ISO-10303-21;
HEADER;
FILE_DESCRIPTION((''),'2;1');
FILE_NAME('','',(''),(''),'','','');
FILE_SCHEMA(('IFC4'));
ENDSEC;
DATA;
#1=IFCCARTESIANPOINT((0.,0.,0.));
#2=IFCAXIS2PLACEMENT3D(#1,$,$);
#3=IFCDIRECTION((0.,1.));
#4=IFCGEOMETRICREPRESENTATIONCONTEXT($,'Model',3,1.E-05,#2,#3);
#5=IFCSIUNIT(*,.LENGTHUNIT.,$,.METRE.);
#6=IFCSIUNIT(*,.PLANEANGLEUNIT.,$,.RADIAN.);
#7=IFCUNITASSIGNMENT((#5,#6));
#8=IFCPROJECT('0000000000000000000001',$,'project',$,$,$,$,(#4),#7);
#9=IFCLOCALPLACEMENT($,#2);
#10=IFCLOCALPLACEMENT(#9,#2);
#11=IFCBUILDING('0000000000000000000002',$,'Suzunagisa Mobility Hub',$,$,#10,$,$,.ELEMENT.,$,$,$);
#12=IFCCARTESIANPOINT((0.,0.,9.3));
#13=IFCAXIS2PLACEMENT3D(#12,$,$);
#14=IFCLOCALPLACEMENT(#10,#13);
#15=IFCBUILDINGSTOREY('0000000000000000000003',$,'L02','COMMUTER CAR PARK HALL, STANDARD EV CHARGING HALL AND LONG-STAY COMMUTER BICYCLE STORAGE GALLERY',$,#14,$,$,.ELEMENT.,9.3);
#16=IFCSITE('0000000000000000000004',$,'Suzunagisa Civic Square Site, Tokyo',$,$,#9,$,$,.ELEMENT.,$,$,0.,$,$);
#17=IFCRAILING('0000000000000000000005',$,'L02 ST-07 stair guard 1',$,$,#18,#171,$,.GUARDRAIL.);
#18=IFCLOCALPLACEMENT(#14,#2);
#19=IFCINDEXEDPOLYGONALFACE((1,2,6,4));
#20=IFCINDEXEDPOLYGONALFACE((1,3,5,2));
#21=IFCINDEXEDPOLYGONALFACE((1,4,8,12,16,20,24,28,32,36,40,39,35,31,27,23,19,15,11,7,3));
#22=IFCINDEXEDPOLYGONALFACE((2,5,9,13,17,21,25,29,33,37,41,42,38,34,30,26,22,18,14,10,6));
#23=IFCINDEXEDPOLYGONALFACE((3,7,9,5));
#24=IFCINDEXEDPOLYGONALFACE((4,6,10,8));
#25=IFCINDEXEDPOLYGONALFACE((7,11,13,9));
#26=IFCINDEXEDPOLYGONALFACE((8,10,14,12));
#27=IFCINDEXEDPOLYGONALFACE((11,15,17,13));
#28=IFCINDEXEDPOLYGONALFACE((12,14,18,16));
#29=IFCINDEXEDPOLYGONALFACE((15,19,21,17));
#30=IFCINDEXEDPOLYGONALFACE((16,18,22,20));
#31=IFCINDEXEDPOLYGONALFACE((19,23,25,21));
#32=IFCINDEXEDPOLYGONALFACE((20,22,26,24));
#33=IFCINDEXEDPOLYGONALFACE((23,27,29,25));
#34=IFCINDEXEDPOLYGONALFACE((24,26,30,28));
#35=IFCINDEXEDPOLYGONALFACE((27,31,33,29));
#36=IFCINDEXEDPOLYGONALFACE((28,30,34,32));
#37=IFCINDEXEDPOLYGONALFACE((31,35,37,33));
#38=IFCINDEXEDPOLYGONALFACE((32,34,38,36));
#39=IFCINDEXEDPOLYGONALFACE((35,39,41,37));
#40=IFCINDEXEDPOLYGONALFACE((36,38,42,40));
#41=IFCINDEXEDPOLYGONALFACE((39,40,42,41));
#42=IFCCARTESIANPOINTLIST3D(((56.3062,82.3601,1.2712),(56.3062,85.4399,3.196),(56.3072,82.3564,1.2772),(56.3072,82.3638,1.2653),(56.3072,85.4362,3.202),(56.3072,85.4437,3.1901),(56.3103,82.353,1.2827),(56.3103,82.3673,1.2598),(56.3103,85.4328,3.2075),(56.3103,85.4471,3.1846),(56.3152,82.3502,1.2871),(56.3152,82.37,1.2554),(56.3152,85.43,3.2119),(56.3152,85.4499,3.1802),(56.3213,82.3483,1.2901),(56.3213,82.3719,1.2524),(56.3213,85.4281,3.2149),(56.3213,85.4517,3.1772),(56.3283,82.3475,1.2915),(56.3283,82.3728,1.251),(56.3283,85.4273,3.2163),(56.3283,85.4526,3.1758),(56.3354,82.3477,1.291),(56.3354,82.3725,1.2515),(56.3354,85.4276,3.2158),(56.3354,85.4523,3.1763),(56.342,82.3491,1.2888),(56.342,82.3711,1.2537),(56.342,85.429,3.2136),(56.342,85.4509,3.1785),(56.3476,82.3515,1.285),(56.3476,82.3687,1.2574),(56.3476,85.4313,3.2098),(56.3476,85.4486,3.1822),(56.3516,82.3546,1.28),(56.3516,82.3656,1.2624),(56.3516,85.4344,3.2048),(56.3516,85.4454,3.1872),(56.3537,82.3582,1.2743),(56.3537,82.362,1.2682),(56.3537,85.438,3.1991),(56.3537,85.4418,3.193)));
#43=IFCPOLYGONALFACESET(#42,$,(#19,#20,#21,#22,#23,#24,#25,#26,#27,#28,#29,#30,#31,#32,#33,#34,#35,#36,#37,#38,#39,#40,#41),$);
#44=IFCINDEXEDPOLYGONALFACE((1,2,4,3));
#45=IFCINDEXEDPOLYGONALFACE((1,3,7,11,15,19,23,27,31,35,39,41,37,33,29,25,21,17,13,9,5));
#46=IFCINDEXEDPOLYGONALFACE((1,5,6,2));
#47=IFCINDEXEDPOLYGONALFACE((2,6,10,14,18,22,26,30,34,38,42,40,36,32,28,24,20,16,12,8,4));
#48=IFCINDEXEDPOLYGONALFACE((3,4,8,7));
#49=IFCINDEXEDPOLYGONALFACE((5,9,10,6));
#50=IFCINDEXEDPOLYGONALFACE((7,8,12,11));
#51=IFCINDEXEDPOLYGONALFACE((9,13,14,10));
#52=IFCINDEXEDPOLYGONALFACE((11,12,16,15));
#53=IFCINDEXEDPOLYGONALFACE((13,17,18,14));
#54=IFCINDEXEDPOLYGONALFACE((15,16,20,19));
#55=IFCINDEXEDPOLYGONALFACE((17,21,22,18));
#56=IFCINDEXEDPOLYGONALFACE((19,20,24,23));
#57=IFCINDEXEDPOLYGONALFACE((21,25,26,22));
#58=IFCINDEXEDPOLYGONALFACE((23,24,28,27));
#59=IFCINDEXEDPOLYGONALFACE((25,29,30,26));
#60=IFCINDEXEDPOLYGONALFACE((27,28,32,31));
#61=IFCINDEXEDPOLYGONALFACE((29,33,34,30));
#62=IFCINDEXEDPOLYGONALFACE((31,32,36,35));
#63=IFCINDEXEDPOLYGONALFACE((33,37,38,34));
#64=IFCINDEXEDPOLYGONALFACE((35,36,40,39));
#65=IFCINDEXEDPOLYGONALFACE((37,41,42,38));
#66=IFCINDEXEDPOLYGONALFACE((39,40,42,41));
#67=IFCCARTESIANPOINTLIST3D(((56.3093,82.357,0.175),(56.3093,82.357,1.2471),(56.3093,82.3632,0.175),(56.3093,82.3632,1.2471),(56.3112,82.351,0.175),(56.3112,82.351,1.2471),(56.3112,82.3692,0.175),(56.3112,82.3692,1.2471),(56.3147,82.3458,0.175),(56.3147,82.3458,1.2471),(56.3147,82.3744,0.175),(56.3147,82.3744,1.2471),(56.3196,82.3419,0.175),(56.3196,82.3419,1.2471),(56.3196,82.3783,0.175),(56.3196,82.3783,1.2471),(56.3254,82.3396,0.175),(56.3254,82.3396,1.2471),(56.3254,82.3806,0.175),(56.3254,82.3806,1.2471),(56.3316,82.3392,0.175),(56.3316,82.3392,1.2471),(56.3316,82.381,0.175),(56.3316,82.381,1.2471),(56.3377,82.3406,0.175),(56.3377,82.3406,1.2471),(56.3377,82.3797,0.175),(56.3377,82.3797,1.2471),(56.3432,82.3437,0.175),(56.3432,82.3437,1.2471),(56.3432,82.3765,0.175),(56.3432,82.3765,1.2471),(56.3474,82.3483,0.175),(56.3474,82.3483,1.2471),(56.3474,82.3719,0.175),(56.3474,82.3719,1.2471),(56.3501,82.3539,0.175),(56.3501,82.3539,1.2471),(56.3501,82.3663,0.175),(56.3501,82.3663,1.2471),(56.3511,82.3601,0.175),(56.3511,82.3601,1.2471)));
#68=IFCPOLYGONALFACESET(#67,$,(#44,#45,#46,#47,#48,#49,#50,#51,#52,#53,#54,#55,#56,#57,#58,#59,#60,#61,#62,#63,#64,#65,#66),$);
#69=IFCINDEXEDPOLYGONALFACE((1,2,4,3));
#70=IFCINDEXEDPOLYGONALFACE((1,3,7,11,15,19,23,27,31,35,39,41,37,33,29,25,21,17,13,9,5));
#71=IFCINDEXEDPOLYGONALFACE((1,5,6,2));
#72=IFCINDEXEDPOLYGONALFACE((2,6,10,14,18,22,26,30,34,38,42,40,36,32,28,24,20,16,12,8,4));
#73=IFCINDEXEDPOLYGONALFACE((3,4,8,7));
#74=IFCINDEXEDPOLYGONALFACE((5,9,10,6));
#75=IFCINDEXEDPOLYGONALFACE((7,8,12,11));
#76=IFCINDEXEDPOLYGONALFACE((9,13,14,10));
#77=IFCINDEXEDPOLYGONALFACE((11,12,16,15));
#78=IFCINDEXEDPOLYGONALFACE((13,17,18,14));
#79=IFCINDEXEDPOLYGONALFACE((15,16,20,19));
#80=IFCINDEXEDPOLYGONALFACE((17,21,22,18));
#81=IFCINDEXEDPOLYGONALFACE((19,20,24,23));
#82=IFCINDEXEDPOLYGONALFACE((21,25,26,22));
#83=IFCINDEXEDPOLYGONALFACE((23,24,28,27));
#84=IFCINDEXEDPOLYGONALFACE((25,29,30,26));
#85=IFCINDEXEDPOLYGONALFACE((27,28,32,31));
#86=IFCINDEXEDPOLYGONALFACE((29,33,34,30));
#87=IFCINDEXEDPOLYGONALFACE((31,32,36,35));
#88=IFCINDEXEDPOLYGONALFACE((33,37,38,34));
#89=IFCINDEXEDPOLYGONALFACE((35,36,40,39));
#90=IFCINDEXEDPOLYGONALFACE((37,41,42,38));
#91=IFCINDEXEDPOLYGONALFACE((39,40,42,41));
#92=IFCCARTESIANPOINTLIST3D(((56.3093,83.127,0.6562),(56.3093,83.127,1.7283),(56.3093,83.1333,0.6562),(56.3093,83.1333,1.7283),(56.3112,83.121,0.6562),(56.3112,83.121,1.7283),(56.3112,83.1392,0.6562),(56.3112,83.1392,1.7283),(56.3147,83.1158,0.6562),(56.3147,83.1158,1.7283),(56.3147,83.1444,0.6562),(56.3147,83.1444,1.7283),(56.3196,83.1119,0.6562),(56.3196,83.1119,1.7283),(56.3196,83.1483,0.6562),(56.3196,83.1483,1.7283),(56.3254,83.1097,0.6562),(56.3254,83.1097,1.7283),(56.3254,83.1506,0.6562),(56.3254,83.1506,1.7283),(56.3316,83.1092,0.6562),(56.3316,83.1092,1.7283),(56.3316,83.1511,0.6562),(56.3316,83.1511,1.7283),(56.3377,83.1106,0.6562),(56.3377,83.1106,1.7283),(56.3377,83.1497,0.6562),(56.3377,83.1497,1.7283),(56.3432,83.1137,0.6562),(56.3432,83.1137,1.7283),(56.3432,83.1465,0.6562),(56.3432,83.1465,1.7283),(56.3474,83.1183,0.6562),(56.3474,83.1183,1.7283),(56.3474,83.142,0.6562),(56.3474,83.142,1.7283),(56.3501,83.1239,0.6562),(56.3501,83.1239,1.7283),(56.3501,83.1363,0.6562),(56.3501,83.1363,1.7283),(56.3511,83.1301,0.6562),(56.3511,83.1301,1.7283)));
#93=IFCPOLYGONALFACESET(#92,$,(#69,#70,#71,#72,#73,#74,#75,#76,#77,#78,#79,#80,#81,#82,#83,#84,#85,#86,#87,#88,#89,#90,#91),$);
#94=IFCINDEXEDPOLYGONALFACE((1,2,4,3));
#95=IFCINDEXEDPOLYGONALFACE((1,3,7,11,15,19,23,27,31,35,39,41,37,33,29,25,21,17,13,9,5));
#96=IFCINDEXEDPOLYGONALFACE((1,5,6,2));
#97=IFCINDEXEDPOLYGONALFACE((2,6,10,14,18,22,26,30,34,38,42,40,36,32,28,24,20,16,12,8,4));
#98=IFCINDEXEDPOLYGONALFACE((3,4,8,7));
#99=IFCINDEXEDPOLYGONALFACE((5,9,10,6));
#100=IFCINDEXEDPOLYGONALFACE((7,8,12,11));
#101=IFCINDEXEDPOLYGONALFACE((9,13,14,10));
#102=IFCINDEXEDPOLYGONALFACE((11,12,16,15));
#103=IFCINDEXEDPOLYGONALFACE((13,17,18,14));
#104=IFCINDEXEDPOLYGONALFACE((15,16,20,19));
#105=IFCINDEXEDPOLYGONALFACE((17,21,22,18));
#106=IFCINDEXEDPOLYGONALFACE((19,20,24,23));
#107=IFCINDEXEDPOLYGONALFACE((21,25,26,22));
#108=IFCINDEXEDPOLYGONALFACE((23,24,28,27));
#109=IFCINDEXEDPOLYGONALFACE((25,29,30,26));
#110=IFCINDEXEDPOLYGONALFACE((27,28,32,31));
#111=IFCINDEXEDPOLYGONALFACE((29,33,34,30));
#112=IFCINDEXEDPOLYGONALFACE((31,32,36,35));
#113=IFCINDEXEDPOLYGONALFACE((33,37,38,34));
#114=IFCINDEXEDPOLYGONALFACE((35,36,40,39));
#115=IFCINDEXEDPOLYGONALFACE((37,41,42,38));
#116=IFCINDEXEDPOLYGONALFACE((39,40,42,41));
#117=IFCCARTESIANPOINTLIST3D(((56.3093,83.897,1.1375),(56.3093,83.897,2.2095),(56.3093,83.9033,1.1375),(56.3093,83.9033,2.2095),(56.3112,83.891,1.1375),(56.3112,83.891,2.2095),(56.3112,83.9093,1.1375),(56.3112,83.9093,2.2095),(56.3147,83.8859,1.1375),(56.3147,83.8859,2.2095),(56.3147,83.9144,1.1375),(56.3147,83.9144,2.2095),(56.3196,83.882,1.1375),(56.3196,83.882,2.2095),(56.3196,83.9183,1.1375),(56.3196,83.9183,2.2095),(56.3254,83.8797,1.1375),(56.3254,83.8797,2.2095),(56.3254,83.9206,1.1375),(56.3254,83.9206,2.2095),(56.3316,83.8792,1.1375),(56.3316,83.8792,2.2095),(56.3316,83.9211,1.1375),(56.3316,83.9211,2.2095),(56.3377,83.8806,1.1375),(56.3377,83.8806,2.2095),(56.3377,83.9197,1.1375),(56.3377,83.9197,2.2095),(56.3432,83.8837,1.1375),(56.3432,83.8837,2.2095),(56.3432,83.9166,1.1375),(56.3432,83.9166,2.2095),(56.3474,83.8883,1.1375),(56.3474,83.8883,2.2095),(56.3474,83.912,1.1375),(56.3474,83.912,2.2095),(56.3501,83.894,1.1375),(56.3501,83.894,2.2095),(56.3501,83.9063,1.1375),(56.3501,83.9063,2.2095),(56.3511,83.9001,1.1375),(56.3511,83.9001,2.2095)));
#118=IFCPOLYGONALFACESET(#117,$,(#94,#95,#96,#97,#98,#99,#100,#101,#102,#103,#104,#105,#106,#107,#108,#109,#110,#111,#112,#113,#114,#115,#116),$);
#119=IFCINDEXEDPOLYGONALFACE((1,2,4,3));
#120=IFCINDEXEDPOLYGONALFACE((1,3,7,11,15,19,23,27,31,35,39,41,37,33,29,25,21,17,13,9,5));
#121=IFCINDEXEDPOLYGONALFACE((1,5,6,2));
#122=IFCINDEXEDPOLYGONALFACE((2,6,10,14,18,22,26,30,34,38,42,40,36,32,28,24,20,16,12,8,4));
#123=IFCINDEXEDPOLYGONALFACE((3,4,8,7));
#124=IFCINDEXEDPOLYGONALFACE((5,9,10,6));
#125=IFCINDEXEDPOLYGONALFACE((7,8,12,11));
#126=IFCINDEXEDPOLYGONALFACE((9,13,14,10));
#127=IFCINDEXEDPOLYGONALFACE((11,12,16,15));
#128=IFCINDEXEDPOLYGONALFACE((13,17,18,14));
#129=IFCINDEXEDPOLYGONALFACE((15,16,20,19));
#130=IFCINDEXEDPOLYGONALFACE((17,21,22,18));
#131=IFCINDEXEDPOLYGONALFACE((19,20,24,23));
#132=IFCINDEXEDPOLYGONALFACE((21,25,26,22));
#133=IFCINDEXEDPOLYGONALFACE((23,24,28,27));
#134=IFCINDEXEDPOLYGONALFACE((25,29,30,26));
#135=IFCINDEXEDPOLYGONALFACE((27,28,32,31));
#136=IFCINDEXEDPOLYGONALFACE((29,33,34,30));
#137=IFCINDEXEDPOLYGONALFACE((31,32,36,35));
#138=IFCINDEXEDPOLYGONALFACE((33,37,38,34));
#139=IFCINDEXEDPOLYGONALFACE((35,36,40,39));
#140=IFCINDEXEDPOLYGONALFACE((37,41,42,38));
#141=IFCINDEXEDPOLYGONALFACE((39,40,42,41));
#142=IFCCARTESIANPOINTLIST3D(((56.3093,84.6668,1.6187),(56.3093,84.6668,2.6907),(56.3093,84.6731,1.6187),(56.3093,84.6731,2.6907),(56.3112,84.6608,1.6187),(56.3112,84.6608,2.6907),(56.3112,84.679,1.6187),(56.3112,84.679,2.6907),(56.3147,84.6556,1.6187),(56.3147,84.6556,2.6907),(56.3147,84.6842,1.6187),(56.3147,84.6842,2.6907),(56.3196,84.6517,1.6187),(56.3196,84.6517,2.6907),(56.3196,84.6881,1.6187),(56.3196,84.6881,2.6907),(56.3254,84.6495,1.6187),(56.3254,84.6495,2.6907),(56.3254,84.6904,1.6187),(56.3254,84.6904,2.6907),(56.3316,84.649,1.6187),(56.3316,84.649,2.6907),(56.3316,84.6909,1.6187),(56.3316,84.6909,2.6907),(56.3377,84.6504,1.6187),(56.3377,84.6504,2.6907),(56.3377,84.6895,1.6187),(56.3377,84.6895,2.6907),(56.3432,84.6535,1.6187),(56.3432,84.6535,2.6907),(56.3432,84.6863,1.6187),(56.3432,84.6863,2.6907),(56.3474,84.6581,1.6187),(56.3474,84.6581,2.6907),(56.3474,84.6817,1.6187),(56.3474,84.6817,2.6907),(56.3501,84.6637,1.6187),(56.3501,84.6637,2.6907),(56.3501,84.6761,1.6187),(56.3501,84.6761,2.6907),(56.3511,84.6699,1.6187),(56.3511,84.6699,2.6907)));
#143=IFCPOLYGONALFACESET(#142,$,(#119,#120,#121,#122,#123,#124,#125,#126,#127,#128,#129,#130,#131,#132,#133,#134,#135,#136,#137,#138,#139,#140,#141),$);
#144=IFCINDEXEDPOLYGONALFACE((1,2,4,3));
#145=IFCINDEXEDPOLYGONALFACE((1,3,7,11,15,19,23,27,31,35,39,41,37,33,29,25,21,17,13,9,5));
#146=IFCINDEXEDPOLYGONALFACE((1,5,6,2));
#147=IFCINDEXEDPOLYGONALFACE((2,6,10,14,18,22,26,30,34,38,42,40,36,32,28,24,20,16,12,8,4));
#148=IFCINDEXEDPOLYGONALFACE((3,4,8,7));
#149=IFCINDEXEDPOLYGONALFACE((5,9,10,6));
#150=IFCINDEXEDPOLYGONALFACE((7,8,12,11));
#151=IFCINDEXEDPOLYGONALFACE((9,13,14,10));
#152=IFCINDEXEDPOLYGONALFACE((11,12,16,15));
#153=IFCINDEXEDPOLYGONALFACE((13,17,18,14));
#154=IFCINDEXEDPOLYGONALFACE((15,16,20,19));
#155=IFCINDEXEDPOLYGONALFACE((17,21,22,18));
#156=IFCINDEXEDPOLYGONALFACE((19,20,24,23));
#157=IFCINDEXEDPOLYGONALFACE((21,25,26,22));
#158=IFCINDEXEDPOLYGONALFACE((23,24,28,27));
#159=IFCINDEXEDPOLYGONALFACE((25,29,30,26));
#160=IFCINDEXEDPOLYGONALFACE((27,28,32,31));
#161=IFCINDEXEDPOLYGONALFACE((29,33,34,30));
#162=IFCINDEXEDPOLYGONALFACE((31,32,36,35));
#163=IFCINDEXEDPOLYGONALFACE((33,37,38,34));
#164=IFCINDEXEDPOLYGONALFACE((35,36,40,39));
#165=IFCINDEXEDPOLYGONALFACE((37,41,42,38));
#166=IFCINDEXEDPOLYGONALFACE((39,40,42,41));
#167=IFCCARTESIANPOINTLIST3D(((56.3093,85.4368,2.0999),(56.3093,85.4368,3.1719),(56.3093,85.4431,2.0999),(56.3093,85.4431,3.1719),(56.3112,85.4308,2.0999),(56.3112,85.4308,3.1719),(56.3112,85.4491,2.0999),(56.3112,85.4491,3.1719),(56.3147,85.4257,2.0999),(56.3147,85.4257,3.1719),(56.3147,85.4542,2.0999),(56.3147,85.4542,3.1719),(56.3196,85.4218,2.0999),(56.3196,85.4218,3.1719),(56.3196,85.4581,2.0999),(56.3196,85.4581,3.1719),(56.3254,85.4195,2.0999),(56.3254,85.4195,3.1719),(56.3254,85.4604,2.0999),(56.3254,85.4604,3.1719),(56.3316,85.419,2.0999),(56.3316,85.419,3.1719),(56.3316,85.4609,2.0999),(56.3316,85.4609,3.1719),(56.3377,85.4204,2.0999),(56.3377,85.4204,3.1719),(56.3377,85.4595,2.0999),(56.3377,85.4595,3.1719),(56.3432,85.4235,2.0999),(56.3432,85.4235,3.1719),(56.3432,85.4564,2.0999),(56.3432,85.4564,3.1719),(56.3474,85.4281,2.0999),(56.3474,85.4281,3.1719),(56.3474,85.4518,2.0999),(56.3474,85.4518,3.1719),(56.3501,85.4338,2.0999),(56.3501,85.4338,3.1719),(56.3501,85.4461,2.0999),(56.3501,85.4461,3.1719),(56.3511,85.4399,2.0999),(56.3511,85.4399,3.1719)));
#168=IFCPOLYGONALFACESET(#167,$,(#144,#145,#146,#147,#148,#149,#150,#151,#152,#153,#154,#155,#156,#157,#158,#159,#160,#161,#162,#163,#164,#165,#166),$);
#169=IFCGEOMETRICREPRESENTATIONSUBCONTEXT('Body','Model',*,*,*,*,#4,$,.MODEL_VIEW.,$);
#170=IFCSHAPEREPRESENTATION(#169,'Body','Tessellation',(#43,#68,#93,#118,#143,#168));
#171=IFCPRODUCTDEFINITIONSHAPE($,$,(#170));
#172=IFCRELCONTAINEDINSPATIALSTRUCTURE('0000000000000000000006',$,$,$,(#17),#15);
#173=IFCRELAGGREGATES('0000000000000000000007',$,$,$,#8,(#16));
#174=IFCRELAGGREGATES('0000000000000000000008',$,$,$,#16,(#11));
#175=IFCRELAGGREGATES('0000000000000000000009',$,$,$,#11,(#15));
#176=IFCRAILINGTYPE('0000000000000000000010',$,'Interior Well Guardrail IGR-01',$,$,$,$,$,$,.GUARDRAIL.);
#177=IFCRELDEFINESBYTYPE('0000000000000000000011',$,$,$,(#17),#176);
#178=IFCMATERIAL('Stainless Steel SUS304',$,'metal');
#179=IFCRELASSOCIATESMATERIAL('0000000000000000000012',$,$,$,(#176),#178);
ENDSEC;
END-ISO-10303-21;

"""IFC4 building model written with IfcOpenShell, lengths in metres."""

from ifc_helpers import new_model, si_unit, direction, frame, origin, origin_2d, place, context, subcontext, project, spatial, circle, extrude, material, type_object, element, save


model = new_model("IFC4")

# Units and contexts
model_context = context("Model", 3, precision=1e-05, world=origin(), true_north=direction((0.0, 1.0)))
body_context = subcontext(model_context, "Body", "Model", "MODEL_VIEW")
ifc_project = project(units=[si_unit("LENGTHUNIT", "METRE"), si_unit("PLANEANGLEUNIT", "RADIAN")], contexts=[model_context])

# Site, building, storey
site_placement = place(None, origin())
site = spatial("IfcSite", under=ifc_project, at=site_placement, Name="Suzunagisa Civic Square Site, Tokyo", CompositionType="ELEMENT", RefElevation=0.0)
building_placement = place(site_placement, origin())
building = spatial("IfcBuilding", under=site, at=building_placement, Name="Suzunagisa Mobility Hub", CompositionType="ELEMENT")
storey_placement = place(building_placement, frame((0.0, 0.0, 9.3)))
storey = spatial("IfcBuildingStorey", under=building, at=storey_placement, Name="L02", Description="COMMUTER CAR PARK HALL, STANDARD EV CHARGING HALL AND LONG-STAY COMMUTER BICYCLE STORAGE GALLERY", CompositionType="ELEMENT", Elevation=9.3)

# Railing
ifc_material_1 = material(Name="Stainless Steel SUS304", Category="metal")
railing_type_1 = type_object("IfcRailingType", Name="Interior Well Guardrail IGR-01", PredefinedType="GUARDRAIL", material=ifc_material_1)
railing_1_placement = place(storey_placement, frame((56.3301, 82.3601, 0.175)))
element("IfcRailing", 1, at=railing_1_placement, inside=storey, type_object=railing_type_1, Name="L02 ST-07 stair guard 1", PredefinedType="GUARDRAIL", context=body_context, shape_type="SweptSolid", body=[
    extrude(circle(Radius=0.0239, at=origin_2d()), frame((0.0, 0.0, 1.0962), z_axis=(0.0, 0.84801, 0.529981), x_axis=(-1.0, 0.0, 0.0)), (0.0, 0.0, 1.0), 3.6318),
    extrude(circle(Radius=0.021, at=origin_2d()), origin(), (0.0, 0.0, 1.0), 1.072),
    extrude(circle(Radius=0.021, at=origin_2d()), frame((0.0, 0.77, 0.4812)), (0.0, 0.0, 1.0), 1.072),
    extrude(circle(Radius=0.021, at=origin_2d()), frame((0.0, 1.54, 0.9624)), (0.0, 0.0, 1.0), 1.072),
    extrude(circle(Radius=0.021, at=origin_2d()), frame((0.0, 2.3098, 1.4436)), (0.0, 0.0, 1.0), 1.072),
    extrude(circle(Radius=0.021, at=origin_2d()), frame((0.0, 3.0798, 1.9248)), (0.0, 0.0, 1.0), 1.072),
])

save(model, "model.ifc")
